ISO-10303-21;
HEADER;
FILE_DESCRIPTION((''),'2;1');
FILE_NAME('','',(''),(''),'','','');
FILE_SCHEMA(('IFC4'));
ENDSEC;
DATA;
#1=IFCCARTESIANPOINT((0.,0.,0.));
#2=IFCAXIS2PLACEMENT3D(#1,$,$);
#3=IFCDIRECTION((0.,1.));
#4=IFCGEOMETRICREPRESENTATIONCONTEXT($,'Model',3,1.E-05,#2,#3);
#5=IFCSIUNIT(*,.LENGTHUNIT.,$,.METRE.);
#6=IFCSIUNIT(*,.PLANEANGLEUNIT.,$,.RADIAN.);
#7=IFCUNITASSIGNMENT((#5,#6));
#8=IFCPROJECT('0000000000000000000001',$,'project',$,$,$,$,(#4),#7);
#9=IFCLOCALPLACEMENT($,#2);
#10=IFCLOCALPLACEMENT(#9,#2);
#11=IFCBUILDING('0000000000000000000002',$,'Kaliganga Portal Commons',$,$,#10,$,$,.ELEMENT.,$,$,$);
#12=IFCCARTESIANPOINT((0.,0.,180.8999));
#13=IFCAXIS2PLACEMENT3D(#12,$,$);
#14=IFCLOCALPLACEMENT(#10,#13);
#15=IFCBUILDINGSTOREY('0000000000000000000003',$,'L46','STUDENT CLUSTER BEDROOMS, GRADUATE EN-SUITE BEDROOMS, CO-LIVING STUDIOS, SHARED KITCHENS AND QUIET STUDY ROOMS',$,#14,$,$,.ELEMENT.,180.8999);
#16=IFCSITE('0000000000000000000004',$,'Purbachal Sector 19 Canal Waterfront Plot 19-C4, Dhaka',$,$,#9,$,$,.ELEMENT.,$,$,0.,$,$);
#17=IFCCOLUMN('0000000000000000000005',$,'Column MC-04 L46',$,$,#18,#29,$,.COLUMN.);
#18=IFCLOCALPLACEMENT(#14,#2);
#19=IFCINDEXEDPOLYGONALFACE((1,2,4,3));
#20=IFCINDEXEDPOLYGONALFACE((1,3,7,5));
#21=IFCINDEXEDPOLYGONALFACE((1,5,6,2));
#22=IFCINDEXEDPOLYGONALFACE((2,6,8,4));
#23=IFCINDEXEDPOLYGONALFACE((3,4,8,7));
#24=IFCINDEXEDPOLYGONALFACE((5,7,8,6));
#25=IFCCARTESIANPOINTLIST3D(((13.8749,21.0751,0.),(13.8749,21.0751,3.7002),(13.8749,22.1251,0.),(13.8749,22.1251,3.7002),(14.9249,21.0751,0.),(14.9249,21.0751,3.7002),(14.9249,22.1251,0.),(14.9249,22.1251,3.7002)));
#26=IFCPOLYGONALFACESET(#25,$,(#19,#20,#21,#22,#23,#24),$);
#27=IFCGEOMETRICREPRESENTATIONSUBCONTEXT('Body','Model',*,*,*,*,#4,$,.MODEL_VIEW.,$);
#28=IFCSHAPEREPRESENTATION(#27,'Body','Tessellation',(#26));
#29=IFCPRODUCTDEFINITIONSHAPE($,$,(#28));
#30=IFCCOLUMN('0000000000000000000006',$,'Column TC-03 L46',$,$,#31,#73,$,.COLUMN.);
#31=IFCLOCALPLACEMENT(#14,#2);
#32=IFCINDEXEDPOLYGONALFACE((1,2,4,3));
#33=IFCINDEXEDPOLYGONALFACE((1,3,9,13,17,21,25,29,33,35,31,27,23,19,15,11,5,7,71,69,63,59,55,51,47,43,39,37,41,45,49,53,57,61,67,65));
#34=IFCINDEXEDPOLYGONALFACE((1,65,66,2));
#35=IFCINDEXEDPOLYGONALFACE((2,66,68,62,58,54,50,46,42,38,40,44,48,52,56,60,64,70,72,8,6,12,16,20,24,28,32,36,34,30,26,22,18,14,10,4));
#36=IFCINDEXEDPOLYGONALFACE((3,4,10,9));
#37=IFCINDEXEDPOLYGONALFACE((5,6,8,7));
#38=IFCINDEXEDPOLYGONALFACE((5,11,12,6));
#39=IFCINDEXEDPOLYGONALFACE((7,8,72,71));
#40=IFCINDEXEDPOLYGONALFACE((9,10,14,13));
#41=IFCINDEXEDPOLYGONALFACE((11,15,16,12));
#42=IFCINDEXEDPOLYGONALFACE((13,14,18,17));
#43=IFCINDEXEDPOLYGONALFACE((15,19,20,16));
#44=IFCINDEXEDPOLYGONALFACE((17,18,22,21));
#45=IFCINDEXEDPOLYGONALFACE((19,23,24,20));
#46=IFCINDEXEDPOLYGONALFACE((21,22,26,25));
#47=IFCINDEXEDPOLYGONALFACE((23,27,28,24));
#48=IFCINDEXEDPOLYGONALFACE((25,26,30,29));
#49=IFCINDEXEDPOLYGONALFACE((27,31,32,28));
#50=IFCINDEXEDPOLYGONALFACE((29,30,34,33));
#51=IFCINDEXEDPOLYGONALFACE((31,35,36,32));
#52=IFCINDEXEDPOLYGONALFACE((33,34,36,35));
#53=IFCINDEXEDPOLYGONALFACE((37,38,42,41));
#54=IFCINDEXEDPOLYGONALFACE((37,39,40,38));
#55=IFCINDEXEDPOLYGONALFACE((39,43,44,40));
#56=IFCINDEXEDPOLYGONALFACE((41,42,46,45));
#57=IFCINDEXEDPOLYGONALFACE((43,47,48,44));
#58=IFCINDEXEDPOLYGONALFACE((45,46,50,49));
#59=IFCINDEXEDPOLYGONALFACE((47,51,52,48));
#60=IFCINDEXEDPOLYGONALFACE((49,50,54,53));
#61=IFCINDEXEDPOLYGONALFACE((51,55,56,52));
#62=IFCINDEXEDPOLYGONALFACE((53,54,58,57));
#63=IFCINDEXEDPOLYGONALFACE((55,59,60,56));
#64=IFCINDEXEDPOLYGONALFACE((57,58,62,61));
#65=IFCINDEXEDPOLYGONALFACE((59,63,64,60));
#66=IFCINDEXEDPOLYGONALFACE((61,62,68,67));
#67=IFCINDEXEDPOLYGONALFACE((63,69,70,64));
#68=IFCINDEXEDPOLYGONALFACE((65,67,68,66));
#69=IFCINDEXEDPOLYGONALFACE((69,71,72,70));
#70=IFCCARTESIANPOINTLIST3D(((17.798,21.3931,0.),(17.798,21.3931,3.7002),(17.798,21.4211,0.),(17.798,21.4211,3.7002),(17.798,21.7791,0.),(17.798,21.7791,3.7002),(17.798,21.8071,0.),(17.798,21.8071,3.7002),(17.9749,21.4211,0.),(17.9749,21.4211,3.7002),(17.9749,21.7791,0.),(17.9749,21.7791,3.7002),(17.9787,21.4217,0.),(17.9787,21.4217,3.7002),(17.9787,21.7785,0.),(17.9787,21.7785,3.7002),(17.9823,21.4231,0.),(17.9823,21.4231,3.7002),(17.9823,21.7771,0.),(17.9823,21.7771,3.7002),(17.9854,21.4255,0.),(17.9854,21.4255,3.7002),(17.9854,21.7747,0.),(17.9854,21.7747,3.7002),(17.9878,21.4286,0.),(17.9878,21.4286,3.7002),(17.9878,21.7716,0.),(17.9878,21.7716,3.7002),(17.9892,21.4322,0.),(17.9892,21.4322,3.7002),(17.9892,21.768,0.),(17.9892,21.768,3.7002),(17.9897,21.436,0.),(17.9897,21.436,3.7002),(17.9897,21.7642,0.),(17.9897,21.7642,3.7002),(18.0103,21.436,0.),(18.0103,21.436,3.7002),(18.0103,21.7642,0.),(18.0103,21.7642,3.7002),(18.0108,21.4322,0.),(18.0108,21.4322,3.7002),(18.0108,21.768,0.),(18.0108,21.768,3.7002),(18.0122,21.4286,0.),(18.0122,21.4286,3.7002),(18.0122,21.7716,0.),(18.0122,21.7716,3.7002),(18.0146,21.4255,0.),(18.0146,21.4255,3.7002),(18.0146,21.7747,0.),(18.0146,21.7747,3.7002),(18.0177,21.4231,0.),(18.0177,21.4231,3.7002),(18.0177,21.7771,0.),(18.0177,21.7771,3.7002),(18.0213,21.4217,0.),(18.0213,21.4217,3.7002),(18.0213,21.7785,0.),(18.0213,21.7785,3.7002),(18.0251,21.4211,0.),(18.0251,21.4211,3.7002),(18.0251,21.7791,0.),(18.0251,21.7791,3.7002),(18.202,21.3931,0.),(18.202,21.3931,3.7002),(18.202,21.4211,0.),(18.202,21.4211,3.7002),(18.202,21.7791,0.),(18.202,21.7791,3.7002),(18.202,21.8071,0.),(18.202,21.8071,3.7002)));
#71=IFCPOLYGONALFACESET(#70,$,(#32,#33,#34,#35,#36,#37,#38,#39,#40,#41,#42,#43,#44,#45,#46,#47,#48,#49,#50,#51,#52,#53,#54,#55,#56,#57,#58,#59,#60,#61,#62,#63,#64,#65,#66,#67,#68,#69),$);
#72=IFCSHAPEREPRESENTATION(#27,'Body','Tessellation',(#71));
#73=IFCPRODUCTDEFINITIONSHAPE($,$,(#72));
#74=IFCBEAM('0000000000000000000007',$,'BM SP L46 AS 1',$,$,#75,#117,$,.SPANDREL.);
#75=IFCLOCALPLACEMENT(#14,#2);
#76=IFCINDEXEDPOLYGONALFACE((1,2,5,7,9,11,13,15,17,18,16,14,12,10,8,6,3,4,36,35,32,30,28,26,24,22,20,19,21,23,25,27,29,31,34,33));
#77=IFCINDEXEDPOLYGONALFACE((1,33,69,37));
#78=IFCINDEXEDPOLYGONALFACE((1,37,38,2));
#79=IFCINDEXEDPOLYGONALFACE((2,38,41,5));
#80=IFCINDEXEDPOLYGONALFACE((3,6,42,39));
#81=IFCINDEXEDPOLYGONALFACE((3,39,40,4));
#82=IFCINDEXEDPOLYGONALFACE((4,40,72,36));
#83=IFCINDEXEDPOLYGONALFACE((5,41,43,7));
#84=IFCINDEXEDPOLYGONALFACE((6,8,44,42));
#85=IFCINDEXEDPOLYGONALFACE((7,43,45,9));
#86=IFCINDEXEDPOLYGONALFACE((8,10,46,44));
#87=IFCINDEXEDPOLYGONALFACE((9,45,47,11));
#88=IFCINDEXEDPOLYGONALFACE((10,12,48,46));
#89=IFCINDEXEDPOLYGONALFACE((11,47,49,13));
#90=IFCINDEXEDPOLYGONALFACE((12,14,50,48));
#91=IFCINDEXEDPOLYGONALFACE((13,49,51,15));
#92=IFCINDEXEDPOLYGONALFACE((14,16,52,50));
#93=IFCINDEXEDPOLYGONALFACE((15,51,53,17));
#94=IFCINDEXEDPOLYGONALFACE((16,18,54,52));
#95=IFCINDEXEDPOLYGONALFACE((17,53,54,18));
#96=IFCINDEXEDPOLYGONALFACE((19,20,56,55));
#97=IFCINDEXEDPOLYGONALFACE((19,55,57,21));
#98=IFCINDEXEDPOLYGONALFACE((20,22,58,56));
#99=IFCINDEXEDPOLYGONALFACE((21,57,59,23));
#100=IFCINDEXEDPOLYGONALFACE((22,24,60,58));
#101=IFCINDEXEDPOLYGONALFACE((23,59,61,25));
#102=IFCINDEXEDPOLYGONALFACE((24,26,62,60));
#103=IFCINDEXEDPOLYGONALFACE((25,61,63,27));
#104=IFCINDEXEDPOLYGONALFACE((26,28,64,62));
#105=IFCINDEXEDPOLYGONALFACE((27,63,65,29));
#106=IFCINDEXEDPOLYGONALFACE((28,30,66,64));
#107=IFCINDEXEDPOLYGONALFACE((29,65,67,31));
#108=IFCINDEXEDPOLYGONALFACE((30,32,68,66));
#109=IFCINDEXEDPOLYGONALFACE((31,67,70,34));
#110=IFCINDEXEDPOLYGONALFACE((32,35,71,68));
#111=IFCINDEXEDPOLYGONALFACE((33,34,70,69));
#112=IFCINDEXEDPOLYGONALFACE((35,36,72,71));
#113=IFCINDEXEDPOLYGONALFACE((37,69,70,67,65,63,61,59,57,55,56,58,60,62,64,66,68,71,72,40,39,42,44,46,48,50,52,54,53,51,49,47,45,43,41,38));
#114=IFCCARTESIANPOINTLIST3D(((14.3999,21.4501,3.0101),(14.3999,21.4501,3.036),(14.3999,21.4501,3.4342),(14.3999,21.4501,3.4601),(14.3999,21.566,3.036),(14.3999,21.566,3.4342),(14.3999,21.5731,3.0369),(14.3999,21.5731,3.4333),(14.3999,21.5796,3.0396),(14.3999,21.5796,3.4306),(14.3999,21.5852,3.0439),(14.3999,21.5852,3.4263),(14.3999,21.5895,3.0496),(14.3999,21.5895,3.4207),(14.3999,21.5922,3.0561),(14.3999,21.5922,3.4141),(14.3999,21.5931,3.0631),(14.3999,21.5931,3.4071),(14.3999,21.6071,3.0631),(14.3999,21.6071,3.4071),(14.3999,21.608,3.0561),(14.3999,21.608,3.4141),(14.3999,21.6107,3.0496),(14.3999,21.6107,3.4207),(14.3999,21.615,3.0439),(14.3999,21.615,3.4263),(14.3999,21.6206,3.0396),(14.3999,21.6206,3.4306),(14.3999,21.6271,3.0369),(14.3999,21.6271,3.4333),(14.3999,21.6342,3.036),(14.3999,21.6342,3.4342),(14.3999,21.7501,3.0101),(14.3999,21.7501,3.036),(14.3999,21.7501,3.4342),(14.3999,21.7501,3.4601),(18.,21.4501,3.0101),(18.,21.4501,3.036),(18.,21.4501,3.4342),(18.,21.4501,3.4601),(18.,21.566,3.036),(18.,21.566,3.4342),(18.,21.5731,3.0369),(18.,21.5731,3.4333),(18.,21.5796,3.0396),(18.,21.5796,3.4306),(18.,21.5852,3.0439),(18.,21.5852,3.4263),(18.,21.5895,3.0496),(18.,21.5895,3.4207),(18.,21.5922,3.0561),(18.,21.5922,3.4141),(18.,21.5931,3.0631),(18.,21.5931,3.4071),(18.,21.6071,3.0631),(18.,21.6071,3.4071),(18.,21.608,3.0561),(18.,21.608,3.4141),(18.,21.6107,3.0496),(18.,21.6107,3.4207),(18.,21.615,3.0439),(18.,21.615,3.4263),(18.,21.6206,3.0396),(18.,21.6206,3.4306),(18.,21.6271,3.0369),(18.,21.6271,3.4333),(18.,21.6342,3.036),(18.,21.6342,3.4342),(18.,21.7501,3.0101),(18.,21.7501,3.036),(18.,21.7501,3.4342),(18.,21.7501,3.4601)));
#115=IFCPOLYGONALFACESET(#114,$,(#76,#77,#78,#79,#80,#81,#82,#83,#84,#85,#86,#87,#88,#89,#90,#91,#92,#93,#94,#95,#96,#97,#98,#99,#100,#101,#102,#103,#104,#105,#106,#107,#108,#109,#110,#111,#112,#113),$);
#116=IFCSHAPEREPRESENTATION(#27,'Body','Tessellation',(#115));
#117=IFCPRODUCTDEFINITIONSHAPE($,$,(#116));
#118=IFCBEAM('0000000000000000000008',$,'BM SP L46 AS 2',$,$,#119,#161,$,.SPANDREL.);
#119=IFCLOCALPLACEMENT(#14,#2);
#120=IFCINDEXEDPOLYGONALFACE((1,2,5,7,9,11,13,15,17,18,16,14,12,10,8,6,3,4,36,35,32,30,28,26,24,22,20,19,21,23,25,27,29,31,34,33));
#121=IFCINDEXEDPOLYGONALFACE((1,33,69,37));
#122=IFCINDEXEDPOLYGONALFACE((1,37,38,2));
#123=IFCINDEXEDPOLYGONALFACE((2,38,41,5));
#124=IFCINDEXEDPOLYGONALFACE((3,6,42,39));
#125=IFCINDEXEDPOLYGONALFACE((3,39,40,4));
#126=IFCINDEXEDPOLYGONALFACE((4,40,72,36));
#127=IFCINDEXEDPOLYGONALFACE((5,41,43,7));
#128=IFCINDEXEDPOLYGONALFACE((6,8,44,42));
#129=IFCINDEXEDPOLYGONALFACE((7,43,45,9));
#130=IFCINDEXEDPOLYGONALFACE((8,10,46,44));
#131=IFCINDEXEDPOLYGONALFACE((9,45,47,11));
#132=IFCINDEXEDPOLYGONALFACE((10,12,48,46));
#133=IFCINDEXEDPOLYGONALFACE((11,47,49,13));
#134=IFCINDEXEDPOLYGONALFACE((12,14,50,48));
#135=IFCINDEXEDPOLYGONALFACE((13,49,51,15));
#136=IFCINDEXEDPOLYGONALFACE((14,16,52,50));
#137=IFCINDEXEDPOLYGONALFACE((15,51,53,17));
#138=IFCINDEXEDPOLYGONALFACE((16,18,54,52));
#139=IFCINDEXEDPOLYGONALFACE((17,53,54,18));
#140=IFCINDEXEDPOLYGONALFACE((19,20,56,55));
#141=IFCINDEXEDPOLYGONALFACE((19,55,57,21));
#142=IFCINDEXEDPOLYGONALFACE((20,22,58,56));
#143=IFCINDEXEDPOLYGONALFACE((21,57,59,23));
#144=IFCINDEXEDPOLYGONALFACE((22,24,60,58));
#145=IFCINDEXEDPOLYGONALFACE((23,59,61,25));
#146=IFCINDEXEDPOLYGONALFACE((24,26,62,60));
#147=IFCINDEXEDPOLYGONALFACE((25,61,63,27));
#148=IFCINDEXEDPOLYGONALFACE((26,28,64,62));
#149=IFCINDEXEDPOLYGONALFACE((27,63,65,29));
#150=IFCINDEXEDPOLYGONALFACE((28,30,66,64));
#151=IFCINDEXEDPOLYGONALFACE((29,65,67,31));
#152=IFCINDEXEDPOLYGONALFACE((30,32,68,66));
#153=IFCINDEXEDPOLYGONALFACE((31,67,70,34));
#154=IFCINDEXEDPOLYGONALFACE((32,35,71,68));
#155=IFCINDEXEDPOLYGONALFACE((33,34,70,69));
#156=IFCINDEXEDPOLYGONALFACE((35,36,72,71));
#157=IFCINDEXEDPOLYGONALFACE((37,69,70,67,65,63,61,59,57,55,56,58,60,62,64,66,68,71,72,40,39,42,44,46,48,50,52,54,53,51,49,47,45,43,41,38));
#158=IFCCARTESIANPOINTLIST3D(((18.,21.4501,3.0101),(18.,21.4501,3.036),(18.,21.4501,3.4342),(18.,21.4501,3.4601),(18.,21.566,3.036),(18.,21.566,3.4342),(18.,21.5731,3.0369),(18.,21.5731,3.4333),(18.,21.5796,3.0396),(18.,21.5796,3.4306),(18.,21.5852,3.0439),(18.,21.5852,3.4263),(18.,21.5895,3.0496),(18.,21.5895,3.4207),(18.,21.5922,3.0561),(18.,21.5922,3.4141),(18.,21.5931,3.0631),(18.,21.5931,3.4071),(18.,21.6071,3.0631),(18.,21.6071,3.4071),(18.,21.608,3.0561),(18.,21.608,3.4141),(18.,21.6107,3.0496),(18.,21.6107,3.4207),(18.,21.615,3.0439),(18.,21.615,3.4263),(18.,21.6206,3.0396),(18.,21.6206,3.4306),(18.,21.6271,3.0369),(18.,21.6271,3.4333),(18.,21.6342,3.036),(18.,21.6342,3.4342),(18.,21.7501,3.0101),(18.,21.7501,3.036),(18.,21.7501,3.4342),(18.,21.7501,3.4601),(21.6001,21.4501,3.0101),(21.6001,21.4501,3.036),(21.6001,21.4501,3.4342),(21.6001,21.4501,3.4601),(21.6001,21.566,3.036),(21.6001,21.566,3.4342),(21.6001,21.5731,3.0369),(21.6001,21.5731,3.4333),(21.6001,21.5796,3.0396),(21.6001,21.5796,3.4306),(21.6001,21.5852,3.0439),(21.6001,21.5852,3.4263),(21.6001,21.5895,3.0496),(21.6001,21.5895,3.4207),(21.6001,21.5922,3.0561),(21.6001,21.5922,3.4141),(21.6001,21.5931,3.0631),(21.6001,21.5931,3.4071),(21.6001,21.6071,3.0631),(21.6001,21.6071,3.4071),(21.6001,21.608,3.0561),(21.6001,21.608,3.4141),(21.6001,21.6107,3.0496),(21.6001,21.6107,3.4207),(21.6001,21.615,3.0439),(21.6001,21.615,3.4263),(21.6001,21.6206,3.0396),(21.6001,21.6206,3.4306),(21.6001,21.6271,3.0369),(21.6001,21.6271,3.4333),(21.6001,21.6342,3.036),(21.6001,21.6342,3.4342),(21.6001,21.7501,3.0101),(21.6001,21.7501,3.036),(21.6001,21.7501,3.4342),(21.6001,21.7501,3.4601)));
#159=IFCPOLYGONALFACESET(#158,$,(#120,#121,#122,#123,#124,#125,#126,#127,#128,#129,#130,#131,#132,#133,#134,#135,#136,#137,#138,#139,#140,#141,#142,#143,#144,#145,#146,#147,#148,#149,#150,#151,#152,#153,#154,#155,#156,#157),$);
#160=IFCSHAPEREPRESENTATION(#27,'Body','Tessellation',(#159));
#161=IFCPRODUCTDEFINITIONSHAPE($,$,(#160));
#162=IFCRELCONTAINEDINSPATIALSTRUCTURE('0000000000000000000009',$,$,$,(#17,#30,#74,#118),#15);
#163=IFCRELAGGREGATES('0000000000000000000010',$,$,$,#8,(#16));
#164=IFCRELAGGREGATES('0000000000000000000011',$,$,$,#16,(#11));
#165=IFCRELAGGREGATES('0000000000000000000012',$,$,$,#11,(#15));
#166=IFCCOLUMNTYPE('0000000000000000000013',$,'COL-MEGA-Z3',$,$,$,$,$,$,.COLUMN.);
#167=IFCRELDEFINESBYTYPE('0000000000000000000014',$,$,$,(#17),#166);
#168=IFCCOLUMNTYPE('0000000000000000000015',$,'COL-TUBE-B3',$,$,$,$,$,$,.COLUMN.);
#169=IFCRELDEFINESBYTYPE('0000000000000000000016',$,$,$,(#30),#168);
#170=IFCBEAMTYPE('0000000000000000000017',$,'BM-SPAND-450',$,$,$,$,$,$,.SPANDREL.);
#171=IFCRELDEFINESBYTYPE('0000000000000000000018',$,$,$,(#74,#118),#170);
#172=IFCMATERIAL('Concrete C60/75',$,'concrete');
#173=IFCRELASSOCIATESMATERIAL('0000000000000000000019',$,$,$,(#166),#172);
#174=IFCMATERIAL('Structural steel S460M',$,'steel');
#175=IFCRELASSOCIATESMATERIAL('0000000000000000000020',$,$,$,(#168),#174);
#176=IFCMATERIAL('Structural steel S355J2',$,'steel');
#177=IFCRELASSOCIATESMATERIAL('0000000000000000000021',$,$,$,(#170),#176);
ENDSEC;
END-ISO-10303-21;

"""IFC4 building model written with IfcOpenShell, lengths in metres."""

from ifc_helpers import new_model, si_unit, direction, frame, origin, origin_2d, place, context, subcontext, project, spatial, rectangle, i_section, extrude, source, transform, mapped, material, material_profile, profile_set, type_object, element, save


model = new_model("IFC4")

# Units and contexts
model_context = context("Model", 3, precision=1e-05, world=origin(), true_north=direction((0.0, 1.0)))
body_context = subcontext(model_context, "Body", "Model", "MODEL_VIEW")
ifc_project = project(units=[si_unit("LENGTHUNIT", "METRE"), si_unit("PLANEANGLEUNIT", "RADIAN")], contexts=[model_context])

# Site, building, storey
site_placement = place(None, origin())
site = spatial("IfcSite", under=ifc_project, at=site_placement, Name="Purbachal Sector 19 Canal Waterfront Plot 19-C4, Dhaka", CompositionType="ELEMENT", RefElevation=0.0)
building_placement = place(site_placement, origin())
building = spatial("IfcBuilding", under=site, at=building_placement, Name="Kaliganga Portal Commons", CompositionType="ELEMENT")
storey_placement = place(building_placement, frame((0.0, 0.0, 180.8999)))
storey = spatial("IfcBuildingStorey", under=building, at=storey_placement, Name="L46", Description="STUDENT CLUSTER BEDROOMS, GRADUATE EN-SUITE BEDROOMS, CO-LIVING STUDIOS, SHARED KITCHENS AND QUIET STUDY ROOMS", CompositionType="ELEMENT", Elevation=180.8999)

# Columns
ifc_material_1 = material(Name="Concrete C60/75", Category="concrete")
ifc_material_profile_1 = material_profile(ifc_material_1, rectangle(XDim=1.05, YDim=1.05, at=origin_2d()), Name="RC 1050x1050")
ifc_profile_set_1 = profile_set([ifc_material_profile_1], Name="Concrete C60/75")
column_type_1 = type_object("IfcColumnType", Name="COL-MEGA-Z3", PredefinedType="COLUMN", material=ifc_profile_set_1)
shared_shape_1 = source(origin(), body_context, "Body", "SweptSolid", [
    extrude(rectangle(XDim=1.05, YDim=1.05, at=origin_2d()), origin(), (0.0, 0.0, 1.0), 3.7002),
])
column_1_placement = place(storey_placement, frame((14.3999, 21.6001, 0.0), z_axis=(0.0, 0.0, 1.0), x_axis=(1.0, 0.0, 0.0)))
element("IfcColumn", 1, at=column_1_placement, inside=storey, type_object=column_type_1, Name="Column MC-04 L46", PredefinedType="COLUMN", context=body_context, shape_type="MappedRepresentation", body=[
    mapped(shared_shape_1, transform((0.0, 0.0, 0.0), x_axis=(1.0, 0.0, 0.0), y_axis=(0.0, 1.0, 0.0), z_axis=(0.0, 0.0, 1.0), scale=1.0)),
])
ifc_material_2 = material(Name="Structural steel S460M", Category="steel")
ifc_material_profile_2 = material_profile(ifc_material_2, i_section(OverallWidth=0.4041, OverallDepth=0.4141, WebThickness=0.0205, FlangeThickness=0.0281, FilletRadius=0.0149, at=origin_2d()), Name="HD 400x347")
ifc_profile_set_2 = profile_set([ifc_material_profile_2], Name="Structural steel S460M wide-flange")
column_type_2 = type_object("IfcColumnType", Name="COL-TUBE-B3", PredefinedType="COLUMN", material=ifc_profile_set_2)
shared_shape_2 = source(origin(), body_context, "Body", "SweptSolid", [
    extrude(i_section(OverallWidth=0.4041, OverallDepth=0.4141, WebThickness=0.0205, FlangeThickness=0.0281, FilletRadius=0.0149, at=origin_2d()), origin(), (0.0, 0.0, 1.0), 3.7002),
])
column_2_placement = place(storey_placement, frame((18.0, 21.6001, 0.0), z_axis=(0.0, 0.0, 1.0), x_axis=(1.0, 0.0, 0.0)))
element("IfcColumn", 2, at=column_2_placement, inside=storey, type_object=column_type_2, Name="Column TC-03 L46", PredefinedType="COLUMN", context=body_context, shape_type="MappedRepresentation", body=[
    mapped(shared_shape_2, transform((0.0, 0.0, 0.0), x_axis=(1.0, 0.0, 0.0), y_axis=(0.0, 1.0, 0.0), z_axis=(0.0, 0.0, 1.0), scale=1.0)),
])

# Beams
ifc_material_3 = material(Name="Structural steel S355J2", Category="steel")
ifc_material_profile_3 = material_profile(ifc_material_3, i_section(OverallWidth=0.3, OverallDepth=0.45, WebThickness=0.0139, FlangeThickness=0.0259, FilletRadius=0.0271, at=origin_2d()), Name="HE 450 B")
ifc_profile_set_3 = profile_set([ifc_material_profile_3], Name="Structural steel S355J2 wide-flange")
beam_type_1 = type_object("IfcBeamType", Name="BM-SPAND-450", PredefinedType="SPANDREL", material=ifc_profile_set_3)
shared_shape_3 = source(origin(), body_context, "Body", "SweptSolid", [
    extrude(i_section(OverallWidth=0.3, OverallDepth=0.45, WebThickness=0.0139, FlangeThickness=0.0259, FilletRadius=0.0271, at=origin_2d()), origin(), (0.0, 0.0, 1.0), 3.6001),
])
for number, where, z_axis, x_axis, name in (
    (3, (14.3999, 21.6001, 3.2351), (1.0, 0.0, 0.0), (0.0, 1.0, 0.0), "BM SP L46 AS 1"),
    (4, (18.0, 21.6001, 3.2351), (1.0, 0.0, 0.0), (0.0, 1.0, 0.0), "BM SP L46 AS 2"),
):
    element("IfcBeam", number, at=place(storey_placement, frame(where, z_axis=z_axis, x_axis=x_axis)), inside=storey, type_object=beam_type_1, Name=name, PredefinedType="SPANDREL", context=body_context, shape_type="MappedRepresentation", body=[
        mapped(shared_shape_3, transform((0.0, 0.0, 0.0), x_axis=(1.0, 0.0, 0.0), y_axis=(0.0, 1.0, 0.0), z_axis=(0.0, 0.0, 1.0), scale=1.0)),
    ])

save(model, "model.ifc")
